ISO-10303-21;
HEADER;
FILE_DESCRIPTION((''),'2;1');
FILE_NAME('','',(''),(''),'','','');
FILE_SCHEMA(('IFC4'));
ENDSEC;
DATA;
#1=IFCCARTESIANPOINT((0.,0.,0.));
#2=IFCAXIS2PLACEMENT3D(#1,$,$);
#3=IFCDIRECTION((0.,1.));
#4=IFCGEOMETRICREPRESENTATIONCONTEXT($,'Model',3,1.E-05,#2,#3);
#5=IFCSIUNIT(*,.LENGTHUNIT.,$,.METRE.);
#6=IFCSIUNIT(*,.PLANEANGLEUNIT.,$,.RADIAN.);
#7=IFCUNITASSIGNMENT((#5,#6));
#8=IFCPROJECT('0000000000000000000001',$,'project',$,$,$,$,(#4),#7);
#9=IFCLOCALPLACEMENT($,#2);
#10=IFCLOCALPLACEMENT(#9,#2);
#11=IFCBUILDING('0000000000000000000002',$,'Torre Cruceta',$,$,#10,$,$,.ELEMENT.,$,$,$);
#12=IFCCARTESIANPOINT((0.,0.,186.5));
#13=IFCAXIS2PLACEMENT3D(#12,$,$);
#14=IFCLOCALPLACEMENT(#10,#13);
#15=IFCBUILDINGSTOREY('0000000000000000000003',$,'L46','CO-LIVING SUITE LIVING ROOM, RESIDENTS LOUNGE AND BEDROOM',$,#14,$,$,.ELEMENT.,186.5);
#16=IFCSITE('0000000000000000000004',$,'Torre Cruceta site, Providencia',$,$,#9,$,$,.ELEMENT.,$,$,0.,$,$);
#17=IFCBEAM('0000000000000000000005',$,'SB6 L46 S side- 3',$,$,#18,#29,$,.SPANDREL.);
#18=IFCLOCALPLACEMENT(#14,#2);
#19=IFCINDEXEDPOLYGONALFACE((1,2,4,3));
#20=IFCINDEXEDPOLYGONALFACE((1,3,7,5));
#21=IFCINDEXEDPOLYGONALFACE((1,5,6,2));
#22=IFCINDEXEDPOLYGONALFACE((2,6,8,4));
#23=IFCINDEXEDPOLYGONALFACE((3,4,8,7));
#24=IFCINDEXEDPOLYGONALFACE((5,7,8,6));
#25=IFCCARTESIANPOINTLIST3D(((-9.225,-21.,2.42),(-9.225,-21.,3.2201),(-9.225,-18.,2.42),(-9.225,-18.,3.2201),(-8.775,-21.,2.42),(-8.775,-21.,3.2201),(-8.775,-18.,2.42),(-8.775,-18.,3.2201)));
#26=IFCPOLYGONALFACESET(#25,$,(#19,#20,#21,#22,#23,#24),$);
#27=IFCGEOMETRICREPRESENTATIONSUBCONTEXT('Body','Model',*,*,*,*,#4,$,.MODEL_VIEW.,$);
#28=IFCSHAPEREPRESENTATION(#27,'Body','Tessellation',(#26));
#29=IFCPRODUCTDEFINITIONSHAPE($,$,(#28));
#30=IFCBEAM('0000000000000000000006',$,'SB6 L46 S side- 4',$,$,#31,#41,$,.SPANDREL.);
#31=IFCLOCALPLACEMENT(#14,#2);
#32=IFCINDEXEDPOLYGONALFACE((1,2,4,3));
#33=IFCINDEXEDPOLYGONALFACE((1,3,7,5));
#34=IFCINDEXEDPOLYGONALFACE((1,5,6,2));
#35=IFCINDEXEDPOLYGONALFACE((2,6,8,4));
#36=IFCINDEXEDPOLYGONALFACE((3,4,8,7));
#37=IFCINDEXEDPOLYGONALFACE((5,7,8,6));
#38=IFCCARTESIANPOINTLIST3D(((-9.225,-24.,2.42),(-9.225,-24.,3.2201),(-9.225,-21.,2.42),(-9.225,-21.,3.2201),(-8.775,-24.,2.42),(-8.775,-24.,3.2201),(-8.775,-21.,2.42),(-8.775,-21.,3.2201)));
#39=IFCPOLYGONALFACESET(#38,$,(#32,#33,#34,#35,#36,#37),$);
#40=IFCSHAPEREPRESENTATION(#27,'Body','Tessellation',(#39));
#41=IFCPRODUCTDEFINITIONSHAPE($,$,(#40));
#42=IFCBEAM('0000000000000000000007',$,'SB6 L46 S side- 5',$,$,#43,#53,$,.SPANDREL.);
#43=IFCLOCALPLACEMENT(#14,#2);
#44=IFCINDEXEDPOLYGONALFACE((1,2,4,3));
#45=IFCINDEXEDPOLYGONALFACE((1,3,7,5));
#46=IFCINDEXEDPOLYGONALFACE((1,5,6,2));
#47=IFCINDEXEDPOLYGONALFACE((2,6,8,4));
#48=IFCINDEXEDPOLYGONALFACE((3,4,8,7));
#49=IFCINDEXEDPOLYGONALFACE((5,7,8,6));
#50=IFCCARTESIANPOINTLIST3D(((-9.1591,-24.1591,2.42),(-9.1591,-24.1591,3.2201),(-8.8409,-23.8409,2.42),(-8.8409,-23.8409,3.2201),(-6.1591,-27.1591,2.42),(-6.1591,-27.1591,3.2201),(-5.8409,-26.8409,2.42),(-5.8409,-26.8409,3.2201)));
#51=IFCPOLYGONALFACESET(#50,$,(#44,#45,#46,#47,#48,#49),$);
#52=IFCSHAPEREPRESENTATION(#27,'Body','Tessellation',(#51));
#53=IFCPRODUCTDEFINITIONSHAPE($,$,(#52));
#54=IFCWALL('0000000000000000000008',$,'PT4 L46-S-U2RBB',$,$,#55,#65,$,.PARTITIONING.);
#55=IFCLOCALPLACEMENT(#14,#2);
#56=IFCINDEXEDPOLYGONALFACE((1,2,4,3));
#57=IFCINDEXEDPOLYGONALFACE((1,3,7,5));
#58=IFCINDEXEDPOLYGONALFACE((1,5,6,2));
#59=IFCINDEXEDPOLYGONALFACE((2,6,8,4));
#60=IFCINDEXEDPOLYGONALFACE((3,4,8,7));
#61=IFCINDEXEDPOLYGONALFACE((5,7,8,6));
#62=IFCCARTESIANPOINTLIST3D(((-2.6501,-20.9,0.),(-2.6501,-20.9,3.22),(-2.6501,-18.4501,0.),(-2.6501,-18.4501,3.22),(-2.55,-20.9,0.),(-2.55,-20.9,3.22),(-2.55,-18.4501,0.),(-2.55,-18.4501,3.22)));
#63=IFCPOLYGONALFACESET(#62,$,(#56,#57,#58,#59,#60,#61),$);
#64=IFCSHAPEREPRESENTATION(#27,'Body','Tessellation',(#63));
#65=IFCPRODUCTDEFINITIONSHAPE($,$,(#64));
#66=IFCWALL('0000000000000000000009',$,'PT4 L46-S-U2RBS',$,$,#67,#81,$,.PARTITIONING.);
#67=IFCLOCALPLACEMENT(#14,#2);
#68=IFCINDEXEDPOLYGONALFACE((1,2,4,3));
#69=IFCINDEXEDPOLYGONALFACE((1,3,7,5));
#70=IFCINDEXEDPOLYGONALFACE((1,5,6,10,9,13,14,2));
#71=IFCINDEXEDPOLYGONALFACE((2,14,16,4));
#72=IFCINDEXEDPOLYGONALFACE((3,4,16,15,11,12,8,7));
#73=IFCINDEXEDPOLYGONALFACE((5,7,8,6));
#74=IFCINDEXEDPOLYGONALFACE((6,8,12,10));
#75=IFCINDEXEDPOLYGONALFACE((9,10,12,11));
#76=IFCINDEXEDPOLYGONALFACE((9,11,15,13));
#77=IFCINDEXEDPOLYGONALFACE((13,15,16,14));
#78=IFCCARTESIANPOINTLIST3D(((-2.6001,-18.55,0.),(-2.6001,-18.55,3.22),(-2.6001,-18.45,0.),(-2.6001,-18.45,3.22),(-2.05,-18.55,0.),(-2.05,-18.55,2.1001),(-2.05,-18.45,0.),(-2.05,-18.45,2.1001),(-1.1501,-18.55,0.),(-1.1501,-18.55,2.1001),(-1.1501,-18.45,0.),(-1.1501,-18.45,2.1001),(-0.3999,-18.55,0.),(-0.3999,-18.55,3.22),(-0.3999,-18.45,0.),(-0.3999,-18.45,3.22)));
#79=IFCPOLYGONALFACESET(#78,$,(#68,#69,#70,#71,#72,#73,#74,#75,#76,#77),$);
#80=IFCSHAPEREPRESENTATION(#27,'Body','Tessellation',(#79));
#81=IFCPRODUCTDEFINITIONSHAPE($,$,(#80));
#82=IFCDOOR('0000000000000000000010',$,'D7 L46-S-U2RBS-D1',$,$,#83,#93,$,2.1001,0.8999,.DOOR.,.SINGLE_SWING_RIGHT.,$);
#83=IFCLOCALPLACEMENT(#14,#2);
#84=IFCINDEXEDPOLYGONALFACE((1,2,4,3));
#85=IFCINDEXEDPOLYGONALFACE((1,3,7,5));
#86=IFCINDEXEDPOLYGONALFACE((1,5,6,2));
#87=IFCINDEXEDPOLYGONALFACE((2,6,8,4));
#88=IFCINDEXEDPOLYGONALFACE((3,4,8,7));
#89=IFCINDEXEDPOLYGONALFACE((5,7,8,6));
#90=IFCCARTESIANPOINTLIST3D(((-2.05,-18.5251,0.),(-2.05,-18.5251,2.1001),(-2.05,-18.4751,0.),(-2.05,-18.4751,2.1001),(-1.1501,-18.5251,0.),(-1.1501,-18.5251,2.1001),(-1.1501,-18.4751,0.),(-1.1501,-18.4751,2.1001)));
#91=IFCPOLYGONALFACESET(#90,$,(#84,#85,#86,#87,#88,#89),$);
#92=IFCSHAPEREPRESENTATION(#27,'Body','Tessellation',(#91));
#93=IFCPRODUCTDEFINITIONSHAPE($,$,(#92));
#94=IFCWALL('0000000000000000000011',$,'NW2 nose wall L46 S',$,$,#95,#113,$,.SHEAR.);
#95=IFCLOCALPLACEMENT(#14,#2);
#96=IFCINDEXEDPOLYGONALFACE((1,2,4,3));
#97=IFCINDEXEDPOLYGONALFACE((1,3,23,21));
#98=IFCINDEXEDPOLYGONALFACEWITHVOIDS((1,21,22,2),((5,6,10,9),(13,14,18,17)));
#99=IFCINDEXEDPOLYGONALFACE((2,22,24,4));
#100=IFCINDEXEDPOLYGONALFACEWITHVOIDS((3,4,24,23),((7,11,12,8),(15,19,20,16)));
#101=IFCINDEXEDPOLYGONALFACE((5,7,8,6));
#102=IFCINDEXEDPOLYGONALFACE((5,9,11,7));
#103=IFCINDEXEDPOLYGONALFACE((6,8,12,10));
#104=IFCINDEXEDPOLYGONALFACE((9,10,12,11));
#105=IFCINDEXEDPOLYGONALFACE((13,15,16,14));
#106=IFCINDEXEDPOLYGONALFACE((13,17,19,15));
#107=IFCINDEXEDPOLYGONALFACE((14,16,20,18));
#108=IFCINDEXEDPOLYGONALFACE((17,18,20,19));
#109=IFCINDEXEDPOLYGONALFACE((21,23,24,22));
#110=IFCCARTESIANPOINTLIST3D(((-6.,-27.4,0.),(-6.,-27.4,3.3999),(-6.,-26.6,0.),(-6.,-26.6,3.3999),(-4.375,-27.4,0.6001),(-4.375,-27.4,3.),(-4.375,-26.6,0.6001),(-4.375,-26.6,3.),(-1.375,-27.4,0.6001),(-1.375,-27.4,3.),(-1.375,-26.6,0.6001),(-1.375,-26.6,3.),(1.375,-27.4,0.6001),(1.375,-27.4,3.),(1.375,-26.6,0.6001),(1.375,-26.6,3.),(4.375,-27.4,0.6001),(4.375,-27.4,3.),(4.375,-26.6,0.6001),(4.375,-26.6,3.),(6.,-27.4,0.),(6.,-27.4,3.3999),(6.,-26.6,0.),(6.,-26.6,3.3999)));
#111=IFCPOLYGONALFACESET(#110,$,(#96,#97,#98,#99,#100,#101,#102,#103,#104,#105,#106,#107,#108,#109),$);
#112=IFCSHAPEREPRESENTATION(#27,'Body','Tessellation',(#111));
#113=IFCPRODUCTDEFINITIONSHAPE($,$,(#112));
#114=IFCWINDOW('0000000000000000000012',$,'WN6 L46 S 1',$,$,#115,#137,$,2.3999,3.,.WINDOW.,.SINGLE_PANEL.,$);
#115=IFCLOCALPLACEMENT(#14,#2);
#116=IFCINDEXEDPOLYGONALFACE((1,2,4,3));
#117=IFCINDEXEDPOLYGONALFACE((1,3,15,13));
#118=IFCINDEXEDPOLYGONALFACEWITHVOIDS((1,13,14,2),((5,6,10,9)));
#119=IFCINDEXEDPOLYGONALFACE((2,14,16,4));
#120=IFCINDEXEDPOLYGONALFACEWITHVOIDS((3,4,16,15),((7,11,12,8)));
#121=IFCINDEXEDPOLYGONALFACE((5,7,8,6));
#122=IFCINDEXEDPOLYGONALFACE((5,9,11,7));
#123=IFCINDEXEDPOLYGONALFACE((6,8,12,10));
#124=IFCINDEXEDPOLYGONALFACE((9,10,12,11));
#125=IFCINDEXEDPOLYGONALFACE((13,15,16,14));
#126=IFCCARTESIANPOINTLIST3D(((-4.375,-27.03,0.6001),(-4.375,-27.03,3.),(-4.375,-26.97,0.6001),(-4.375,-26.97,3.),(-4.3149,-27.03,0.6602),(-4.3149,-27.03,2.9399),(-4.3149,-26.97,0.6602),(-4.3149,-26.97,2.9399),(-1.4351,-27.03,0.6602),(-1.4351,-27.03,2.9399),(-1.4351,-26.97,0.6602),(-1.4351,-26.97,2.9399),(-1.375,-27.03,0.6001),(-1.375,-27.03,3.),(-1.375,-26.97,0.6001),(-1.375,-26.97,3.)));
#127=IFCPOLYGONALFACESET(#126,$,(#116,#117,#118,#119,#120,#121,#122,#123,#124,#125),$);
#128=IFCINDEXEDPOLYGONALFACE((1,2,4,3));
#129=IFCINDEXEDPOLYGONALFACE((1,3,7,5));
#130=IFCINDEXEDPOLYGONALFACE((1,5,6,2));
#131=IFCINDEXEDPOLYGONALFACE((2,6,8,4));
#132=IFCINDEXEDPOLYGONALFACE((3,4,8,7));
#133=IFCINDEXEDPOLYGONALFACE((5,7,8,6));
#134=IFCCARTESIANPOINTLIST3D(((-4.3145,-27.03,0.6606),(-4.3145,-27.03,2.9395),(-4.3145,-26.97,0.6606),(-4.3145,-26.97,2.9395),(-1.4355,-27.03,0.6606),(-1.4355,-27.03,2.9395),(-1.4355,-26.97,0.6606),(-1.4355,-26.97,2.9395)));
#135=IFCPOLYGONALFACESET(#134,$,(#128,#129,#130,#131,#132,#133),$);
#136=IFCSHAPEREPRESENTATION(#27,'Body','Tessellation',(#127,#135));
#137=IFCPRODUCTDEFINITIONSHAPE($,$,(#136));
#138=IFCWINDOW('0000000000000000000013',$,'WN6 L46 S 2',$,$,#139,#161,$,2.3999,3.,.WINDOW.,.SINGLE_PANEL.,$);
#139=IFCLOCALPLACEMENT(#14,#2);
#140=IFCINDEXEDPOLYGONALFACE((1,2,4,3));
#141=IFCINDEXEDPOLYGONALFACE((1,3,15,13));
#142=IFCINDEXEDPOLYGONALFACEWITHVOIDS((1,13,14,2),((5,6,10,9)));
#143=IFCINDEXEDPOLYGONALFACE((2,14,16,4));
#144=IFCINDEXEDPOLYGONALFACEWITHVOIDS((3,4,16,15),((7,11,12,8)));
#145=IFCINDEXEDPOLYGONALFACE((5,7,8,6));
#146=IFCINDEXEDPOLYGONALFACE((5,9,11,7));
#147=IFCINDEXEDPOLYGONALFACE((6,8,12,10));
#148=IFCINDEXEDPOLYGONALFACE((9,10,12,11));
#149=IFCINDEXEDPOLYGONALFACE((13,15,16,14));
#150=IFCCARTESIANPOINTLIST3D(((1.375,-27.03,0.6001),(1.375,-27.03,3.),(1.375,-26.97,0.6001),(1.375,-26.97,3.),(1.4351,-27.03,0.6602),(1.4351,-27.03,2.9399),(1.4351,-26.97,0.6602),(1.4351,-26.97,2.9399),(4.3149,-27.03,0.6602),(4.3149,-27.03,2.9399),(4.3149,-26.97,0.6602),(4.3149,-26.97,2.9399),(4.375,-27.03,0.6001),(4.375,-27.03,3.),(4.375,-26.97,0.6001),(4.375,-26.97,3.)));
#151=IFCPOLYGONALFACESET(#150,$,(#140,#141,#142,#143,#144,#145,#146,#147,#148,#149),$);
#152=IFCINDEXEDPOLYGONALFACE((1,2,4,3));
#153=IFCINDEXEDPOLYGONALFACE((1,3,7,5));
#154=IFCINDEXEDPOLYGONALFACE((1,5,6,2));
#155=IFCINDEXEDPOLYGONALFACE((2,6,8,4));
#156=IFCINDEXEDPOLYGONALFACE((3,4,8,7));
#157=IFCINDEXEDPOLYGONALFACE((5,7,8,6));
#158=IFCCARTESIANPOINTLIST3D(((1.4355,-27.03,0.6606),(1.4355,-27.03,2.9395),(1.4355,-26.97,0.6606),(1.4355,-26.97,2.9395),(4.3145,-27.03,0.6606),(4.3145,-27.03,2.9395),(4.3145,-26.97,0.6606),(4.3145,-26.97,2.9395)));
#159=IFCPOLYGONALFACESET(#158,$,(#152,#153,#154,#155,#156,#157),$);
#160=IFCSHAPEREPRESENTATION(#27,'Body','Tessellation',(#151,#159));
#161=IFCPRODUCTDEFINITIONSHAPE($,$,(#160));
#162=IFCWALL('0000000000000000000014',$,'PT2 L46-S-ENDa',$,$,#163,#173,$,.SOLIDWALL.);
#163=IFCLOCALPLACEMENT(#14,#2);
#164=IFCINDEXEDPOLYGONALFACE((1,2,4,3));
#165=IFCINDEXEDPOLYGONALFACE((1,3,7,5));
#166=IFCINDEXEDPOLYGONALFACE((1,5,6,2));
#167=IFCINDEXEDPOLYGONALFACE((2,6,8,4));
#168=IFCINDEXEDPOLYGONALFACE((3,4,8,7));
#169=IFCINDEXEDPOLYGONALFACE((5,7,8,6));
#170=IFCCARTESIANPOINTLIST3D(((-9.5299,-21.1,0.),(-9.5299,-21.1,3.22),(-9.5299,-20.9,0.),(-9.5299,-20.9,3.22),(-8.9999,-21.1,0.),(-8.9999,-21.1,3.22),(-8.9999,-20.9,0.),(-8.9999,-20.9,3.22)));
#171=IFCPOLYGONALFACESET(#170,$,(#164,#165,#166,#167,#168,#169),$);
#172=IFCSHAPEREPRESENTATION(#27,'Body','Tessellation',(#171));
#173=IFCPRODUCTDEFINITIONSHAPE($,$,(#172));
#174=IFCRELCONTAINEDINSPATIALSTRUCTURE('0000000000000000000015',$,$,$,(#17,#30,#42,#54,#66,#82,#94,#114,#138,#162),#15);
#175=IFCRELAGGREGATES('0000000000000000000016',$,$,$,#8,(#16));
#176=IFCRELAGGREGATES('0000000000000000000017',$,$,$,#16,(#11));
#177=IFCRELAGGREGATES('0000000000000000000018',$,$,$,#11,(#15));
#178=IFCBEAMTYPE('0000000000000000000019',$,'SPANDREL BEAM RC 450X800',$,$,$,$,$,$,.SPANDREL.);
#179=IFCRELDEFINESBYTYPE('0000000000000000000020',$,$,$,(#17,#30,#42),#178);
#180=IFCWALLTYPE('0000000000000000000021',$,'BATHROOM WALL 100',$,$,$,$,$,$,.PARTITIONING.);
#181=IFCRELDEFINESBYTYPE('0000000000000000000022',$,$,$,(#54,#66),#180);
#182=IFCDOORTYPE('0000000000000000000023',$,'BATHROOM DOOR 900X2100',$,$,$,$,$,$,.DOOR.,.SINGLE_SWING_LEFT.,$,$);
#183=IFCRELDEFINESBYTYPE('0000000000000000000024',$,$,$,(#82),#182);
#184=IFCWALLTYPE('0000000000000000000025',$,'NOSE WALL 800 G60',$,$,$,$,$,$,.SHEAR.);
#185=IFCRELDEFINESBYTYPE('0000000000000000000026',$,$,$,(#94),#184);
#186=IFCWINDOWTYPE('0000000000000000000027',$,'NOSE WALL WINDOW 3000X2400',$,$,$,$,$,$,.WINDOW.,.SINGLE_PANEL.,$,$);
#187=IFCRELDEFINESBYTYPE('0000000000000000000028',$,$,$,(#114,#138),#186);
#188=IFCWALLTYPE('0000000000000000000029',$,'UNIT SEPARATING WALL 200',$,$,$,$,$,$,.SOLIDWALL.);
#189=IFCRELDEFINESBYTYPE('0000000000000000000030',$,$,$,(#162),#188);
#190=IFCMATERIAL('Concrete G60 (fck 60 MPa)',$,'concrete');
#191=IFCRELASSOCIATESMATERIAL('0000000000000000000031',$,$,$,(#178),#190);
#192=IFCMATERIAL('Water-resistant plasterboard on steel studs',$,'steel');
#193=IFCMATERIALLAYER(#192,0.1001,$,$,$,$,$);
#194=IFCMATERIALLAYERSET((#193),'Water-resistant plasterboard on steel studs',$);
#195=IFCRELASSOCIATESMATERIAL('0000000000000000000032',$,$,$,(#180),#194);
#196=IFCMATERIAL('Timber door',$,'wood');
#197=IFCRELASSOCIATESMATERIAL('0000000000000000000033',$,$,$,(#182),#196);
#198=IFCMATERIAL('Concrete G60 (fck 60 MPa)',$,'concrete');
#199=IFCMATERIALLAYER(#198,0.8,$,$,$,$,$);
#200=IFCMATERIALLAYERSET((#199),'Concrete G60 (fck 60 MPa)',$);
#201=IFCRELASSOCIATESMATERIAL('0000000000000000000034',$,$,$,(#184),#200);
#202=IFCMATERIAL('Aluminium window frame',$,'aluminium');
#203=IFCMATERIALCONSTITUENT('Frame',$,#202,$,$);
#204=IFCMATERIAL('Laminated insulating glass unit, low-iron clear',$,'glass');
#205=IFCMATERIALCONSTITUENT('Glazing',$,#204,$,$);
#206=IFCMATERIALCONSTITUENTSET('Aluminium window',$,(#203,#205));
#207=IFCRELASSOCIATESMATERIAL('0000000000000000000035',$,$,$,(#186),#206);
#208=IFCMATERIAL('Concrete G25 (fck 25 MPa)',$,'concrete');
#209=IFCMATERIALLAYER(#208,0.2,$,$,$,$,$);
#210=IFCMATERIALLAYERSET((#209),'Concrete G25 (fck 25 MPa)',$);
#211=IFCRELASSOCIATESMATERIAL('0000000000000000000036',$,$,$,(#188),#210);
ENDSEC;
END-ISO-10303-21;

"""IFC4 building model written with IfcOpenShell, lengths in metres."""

from ifc_helpers import new_model, si_unit, direction, frame, frame_2d, origin, origin_2d, place, context, subcontext, project, spatial, rectangle, hollow_rectangle, extrude, material, layer, layer_set, constituent, constituent_set, material_profile, profile_set, type_object, element, fill, save


model = new_model("IFC4")

# Units and contexts
model_context = context("Model", 3, precision=1e-05, world=origin(), true_north=direction((0.0, 1.0)))
body_context = subcontext(model_context, "Body", "Model", "MODEL_VIEW")
ifc_project = project(units=[si_unit("LENGTHUNIT", "METRE"), si_unit("PLANEANGLEUNIT", "RADIAN")], contexts=[model_context])

# Site, building, storey
site_placement = place(None, origin())
site = spatial("IfcSite", under=ifc_project, at=site_placement, Name="Torre Cruceta site, Providencia", CompositionType="ELEMENT", RefElevation=0.0)
building_placement = place(site_placement, origin())
building = spatial("IfcBuilding", under=site, at=building_placement, Name="Torre Cruceta", CompositionType="ELEMENT")
storey_placement = place(building_placement, frame((0.0, 0.0, 186.5)))
storey = spatial("IfcBuildingStorey", under=building, at=storey_placement, Name="L46", Description="CO-LIVING SUITE LIVING ROOM, RESIDENTS LOUNGE AND BEDROOM", CompositionType="ELEMENT", Elevation=186.5)

# Beams
ifc_material_1 = material(Name="Concrete G60 (fck 60 MPa)", Category="concrete")
ifc_material_profile_1 = material_profile(ifc_material_1, rectangle(XDim=0.45, YDim=0.8, at=origin_2d()), Name="RC 450X800")
ifc_profile_set_1 = profile_set([ifc_material_profile_1], Name="Concrete G60 (fck 60 MPa)")
beam_type_1 = type_object("IfcBeamType", Name="SPANDREL BEAM RC 450X800", PredefinedType="SPANDREL", material=ifc_profile_set_1)
for number, where, z_axis, x_axis, name in (
    (1, (-9.0, -18.0, 2.8201), (0.0, -1.0, 0.0), (1.0, 0.0, 0.0), "SB6 L46 S side- 3"),
    (2, (-9.0, -21.0, 2.8201), (0.0, -1.0, 0.0), (1.0, 0.0, 0.0), "SB6 L46 S side- 4"),
):
    element("IfcBeam", number, at=place(storey_placement, frame(where, z_axis=z_axis, x_axis=x_axis)), inside=storey, type_object=beam_type_1, Name=name, PredefinedType="SPANDREL", context=body_context, shape_type="SweptSolid", body=[
        extrude(rectangle(XDim=0.45, YDim=0.8, at=origin_2d()), origin(), (0.0, 0.0, 1.0), 3.0),
    ])
beam_1_placement = place(storey_placement, frame((-9.0, -24.0, 2.8201), z_axis=(0.707107, -0.707107, 0.0), x_axis=(0.707107, 0.707107, 0.0)))
element("IfcBeam", 3, at=beam_1_placement, inside=storey, type_object=beam_type_1, Name="SB6 L46 S side- 5", PredefinedType="SPANDREL", context=body_context, shape_type="SweptSolid", body=[
    extrude(rectangle(XDim=0.45, YDim=0.8, at=origin_2d()), origin(), (0.0, 0.0, 1.0), 4.2427),
])

# Wall
ifc_material_2 = material(Name="Water-resistant plasterboard on steel studs", Category="steel")
ifc_layer_1 = layer(ifc_material_2, 0.1001)
ifc_layer_set_1 = layer_set([ifc_layer_1], Name="Water-resistant plasterboard on steel studs")
wall_type_1 = type_object("IfcWallType", Name="BATHROOM WALL 100", PredefinedType="PARTITIONING", material=ifc_layer_set_1)
wall_1_placement = place(storey_placement, frame((-2.6001, -18.45, 0.0), z_axis=(0.0, 0.0, 1.0), x_axis=(0.0, -1.0, 0.0)))
element("IfcWall", 4, at=wall_1_placement, inside=storey, type_object=wall_type_1, Name="PT4 L46-S-U2RBB", PredefinedType="PARTITIONING", context=body_context, shape_type="SweptSolid", body=[
    extrude(rectangle(XDim=2.45, YDim=0.1001, at=frame_2d((1.2251, 0.0))), origin(), (0.0, 0.0, 1.0), 3.22),
])

# Wall, opening, door
wall_2_placement = place(storey_placement, frame((-2.6001, -18.5, 0.0), z_axis=(0.0, 0.0, 1.0), x_axis=(1.0, 0.0, 0.0)))
wall_2 = element("IfcWall", 5, at=wall_2_placement, inside=storey, type_object=wall_type_1, Name="PT4 L46-S-U2RBS", PredefinedType="PARTITIONING", context=body_context, shape_type="SweptSolid", body=[
    extrude(rectangle(XDim=2.2002, YDim=0.1001, at=frame_2d((1.1001, 0.0))), origin(), (0.0, 0.0, 1.0), 3.22),
])
opening_1_placement = place(wall_2_placement, frame((0.55, 0.0, 0.0)))
opening_1 = element("IfcOpeningElement", 6, at=opening_1_placement, cuts=wall_2, PredefinedType="OPENING", context=body_context, shape_type="SweptSolid", body=[
    extrude(rectangle(XDim=0.8999, YDim=2.1001, at=frame_2d((0.45, 1.05))), frame((0.0, 0.0601, 0.0), z_axis=(0.0, -1.0, 0.0), x_axis=(1.0, 0.0, 0.0)), (0.0, 0.0, 1.0), 0.1201),
])
ifc_material_3 = material(Name="Timber door", Category="wood")
door_type = type_object("IfcDoorType", Name="BATHROOM DOOR 900X2100", OperationType="SINGLE_SWING_LEFT", PredefinedType="DOOR", material=ifc_material_3)
door_placement = place(opening_1_placement, frame((0.8999, 0.0, 0.0), z_axis=(0.0, 0.0, 1.0), x_axis=(-1.0, 0.0, 0.0)))
door = element("IfcDoor", 7, at=door_placement, inside=storey, type_object=door_type, Name="D7 L46-S-U2RBS-D1", OperationType="SINGLE_SWING_RIGHT", OverallHeight=2.1001, OverallWidth=0.8999, PredefinedType="DOOR", context=body_context, shape_type="SweptSolid", body=[
    extrude(rectangle(XDim=0.8999, YDim=2.1001, at=frame_2d((0.45, 1.05))), frame((0.0, 0.0251, 0.0), z_axis=(0.0, -1.0, 0.0), x_axis=(1.0, 0.0, 0.0)), (0.0, 0.0, 1.0), 0.05),
])
fill(opening_1, door)

# Wall, openings, windows
ifc_material_4 = material(Name="Concrete G60 (fck 60 MPa)", Category="concrete")
ifc_layer_2 = layer(ifc_material_4, 0.8)
ifc_layer_set_2 = layer_set([ifc_layer_2], Name="Concrete G60 (fck 60 MPa)")
wall_type_2 = type_object("IfcWallType", Name="NOSE WALL 800 G60", PredefinedType="SHEAR", material=ifc_layer_set_2)
wall_3_placement = place(storey_placement, frame((-6.0, -27.0, 0.0), z_axis=(0.0, 0.0, 1.0), x_axis=(1.0, 0.0, 0.0)))
wall_3 = element("IfcWall", 8, at=wall_3_placement, inside=storey, type_object=wall_type_2, Name="NW2 nose wall L46 S", PredefinedType="SHEAR", context=body_context, shape_type="SweptSolid", body=[
    extrude(rectangle(XDim=12.0, YDim=0.8, at=frame_2d((6.0, 0.0))), origin(), (0.0, 0.0, 1.0), 3.3999),
])
opening_2_placement = place(wall_3_placement, frame((1.625, 0.0, 0.6001)))
opening_2 = element("IfcOpeningElement", 9, at=opening_2_placement, cuts=wall_3, PredefinedType="OPENING", context=body_context, shape_type="SweptSolid", body=[
    extrude(rectangle(XDim=3.0, YDim=2.3999, at=frame_2d((1.5, 1.2))), frame((0.0, 0.4099, 0.0), z_axis=(0.0, -1.0, 0.0), x_axis=(1.0, 0.0, 0.0)), (0.0, 0.0, 1.0), 0.8201),
])
opening_3_placement = place(wall_3_placement, frame((7.375, 0.0, 0.6001)))
opening_3 = element("IfcOpeningElement", 10, at=opening_3_placement, cuts=wall_3, PredefinedType="OPENING", context=body_context, shape_type="SweptSolid", body=[
    extrude(rectangle(XDim=3.0, YDim=2.3999, at=frame_2d((1.5, 1.2))), frame((0.0, 0.4099, 0.0), z_axis=(0.0, -1.0, 0.0), x_axis=(1.0, 0.0, 0.0)), (0.0, 0.0, 1.0), 0.8201),
])
ifc_material_5 = material(Name="Aluminium window frame", Category="aluminium")
ifc_constituent_1 = constituent(ifc_material_5, Name="Frame")
ifc_material_6 = material(Name="Laminated insulating glass unit, low-iron clear", Category="glass")
ifc_constituent_2 = constituent(ifc_material_6, Name="Glazing")
ifc_constituent_set = constituent_set(constituents=[ifc_constituent_1, ifc_constituent_2], Name="Aluminium window")
window_type = type_object("IfcWindowType", Name="NOSE WALL WINDOW 3000X2400", PartitioningType="SINGLE_PANEL", PredefinedType="WINDOW", material=ifc_constituent_set)
window_1_placement = place(opening_2_placement, origin())
window_1 = element("IfcWindow", 11, at=window_1_placement, inside=storey, type_object=window_type, Name="WN6 L46 S 1", OverallHeight=2.3999, OverallWidth=3.0, PartitioningType="SINGLE_PANEL", PredefinedType="WINDOW", context=body_context, shape_type="SweptSolid", body=[
    extrude(hollow_rectangle(XDim=3.0, YDim=2.3999, WallThickness=0.0601, at=frame_2d((1.5, 1.2))), frame((0.0, 0.03, 0.0), z_axis=(0.0, -1.0, 0.0), x_axis=(1.0, 0.0, 0.0)), (0.0, 0.0, 1.0), 0.0601),
    extrude(rectangle(XDim=2.8789, YDim=2.2788, at=frame_2d((1.5, 1.2))), frame((0.0, 0.03, 0.0), z_axis=(0.0, -1.0, 0.0), x_axis=(1.0, 0.0, 0.0)), (0.0, 0.0, 1.0), 0.0601),
])
fill(opening_2, window_1)
window_2_placement = place(opening_3_placement, origin())
window_2 = element("IfcWindow", 12, at=window_2_placement, inside=storey, type_object=window_type, Name="WN6 L46 S 2", OverallHeight=2.3999, OverallWidth=3.0, PartitioningType="SINGLE_PANEL", PredefinedType="WINDOW", context=body_context, shape_type="SweptSolid", body=[
    extrude(hollow_rectangle(XDim=3.0, YDim=2.3999, WallThickness=0.0601, at=frame_2d((1.5, 1.2))), frame((0.0, 0.03, 0.0), z_axis=(0.0, -1.0, 0.0), x_axis=(1.0, 0.0, 0.0)), (0.0, 0.0, 1.0), 0.0601),
    extrude(rectangle(XDim=2.8789, YDim=2.2788, at=frame_2d((1.5, 1.2))), frame((0.0, 0.03, 0.0), z_axis=(0.0, -1.0, 0.0), x_axis=(1.0, 0.0, 0.0)), (0.0, 0.0, 1.0), 0.0601),
])
fill(opening_3, window_2)

# Wall
ifc_material_7 = material(Name="Concrete G25 (fck 25 MPa)", Category="concrete")
ifc_layer_3 = layer(ifc_material_7, 0.2)
ifc_layer_set_3 = layer_set([ifc_layer_3], Name="Concrete G25 (fck 25 MPa)")
wall_type_3 = type_object("IfcWallType", Name="UNIT SEPARATING WALL 200", PredefinedType="SOLIDWALL", material=ifc_layer_set_3)
wall_4_placement = place(storey_placement, frame((-9.53, -21.0, 0.0), z_axis=(0.0, 0.0, 1.0), x_axis=(1.0, 0.0, 0.0)))
element("IfcWall", 13, at=wall_4_placement, inside=storey, type_object=wall_type_3, Name="PT2 L46-S-ENDa", PredefinedType="SOLIDWALL", context=body_context, shape_type="SweptSolid", body=[
    extrude(rectangle(XDim=0.53, YDim=0.2, at=frame_2d((0.2651, 0.0))), origin(), (0.0, 0.0, 1.0), 3.22),
])

save(model, "model.ifc")
